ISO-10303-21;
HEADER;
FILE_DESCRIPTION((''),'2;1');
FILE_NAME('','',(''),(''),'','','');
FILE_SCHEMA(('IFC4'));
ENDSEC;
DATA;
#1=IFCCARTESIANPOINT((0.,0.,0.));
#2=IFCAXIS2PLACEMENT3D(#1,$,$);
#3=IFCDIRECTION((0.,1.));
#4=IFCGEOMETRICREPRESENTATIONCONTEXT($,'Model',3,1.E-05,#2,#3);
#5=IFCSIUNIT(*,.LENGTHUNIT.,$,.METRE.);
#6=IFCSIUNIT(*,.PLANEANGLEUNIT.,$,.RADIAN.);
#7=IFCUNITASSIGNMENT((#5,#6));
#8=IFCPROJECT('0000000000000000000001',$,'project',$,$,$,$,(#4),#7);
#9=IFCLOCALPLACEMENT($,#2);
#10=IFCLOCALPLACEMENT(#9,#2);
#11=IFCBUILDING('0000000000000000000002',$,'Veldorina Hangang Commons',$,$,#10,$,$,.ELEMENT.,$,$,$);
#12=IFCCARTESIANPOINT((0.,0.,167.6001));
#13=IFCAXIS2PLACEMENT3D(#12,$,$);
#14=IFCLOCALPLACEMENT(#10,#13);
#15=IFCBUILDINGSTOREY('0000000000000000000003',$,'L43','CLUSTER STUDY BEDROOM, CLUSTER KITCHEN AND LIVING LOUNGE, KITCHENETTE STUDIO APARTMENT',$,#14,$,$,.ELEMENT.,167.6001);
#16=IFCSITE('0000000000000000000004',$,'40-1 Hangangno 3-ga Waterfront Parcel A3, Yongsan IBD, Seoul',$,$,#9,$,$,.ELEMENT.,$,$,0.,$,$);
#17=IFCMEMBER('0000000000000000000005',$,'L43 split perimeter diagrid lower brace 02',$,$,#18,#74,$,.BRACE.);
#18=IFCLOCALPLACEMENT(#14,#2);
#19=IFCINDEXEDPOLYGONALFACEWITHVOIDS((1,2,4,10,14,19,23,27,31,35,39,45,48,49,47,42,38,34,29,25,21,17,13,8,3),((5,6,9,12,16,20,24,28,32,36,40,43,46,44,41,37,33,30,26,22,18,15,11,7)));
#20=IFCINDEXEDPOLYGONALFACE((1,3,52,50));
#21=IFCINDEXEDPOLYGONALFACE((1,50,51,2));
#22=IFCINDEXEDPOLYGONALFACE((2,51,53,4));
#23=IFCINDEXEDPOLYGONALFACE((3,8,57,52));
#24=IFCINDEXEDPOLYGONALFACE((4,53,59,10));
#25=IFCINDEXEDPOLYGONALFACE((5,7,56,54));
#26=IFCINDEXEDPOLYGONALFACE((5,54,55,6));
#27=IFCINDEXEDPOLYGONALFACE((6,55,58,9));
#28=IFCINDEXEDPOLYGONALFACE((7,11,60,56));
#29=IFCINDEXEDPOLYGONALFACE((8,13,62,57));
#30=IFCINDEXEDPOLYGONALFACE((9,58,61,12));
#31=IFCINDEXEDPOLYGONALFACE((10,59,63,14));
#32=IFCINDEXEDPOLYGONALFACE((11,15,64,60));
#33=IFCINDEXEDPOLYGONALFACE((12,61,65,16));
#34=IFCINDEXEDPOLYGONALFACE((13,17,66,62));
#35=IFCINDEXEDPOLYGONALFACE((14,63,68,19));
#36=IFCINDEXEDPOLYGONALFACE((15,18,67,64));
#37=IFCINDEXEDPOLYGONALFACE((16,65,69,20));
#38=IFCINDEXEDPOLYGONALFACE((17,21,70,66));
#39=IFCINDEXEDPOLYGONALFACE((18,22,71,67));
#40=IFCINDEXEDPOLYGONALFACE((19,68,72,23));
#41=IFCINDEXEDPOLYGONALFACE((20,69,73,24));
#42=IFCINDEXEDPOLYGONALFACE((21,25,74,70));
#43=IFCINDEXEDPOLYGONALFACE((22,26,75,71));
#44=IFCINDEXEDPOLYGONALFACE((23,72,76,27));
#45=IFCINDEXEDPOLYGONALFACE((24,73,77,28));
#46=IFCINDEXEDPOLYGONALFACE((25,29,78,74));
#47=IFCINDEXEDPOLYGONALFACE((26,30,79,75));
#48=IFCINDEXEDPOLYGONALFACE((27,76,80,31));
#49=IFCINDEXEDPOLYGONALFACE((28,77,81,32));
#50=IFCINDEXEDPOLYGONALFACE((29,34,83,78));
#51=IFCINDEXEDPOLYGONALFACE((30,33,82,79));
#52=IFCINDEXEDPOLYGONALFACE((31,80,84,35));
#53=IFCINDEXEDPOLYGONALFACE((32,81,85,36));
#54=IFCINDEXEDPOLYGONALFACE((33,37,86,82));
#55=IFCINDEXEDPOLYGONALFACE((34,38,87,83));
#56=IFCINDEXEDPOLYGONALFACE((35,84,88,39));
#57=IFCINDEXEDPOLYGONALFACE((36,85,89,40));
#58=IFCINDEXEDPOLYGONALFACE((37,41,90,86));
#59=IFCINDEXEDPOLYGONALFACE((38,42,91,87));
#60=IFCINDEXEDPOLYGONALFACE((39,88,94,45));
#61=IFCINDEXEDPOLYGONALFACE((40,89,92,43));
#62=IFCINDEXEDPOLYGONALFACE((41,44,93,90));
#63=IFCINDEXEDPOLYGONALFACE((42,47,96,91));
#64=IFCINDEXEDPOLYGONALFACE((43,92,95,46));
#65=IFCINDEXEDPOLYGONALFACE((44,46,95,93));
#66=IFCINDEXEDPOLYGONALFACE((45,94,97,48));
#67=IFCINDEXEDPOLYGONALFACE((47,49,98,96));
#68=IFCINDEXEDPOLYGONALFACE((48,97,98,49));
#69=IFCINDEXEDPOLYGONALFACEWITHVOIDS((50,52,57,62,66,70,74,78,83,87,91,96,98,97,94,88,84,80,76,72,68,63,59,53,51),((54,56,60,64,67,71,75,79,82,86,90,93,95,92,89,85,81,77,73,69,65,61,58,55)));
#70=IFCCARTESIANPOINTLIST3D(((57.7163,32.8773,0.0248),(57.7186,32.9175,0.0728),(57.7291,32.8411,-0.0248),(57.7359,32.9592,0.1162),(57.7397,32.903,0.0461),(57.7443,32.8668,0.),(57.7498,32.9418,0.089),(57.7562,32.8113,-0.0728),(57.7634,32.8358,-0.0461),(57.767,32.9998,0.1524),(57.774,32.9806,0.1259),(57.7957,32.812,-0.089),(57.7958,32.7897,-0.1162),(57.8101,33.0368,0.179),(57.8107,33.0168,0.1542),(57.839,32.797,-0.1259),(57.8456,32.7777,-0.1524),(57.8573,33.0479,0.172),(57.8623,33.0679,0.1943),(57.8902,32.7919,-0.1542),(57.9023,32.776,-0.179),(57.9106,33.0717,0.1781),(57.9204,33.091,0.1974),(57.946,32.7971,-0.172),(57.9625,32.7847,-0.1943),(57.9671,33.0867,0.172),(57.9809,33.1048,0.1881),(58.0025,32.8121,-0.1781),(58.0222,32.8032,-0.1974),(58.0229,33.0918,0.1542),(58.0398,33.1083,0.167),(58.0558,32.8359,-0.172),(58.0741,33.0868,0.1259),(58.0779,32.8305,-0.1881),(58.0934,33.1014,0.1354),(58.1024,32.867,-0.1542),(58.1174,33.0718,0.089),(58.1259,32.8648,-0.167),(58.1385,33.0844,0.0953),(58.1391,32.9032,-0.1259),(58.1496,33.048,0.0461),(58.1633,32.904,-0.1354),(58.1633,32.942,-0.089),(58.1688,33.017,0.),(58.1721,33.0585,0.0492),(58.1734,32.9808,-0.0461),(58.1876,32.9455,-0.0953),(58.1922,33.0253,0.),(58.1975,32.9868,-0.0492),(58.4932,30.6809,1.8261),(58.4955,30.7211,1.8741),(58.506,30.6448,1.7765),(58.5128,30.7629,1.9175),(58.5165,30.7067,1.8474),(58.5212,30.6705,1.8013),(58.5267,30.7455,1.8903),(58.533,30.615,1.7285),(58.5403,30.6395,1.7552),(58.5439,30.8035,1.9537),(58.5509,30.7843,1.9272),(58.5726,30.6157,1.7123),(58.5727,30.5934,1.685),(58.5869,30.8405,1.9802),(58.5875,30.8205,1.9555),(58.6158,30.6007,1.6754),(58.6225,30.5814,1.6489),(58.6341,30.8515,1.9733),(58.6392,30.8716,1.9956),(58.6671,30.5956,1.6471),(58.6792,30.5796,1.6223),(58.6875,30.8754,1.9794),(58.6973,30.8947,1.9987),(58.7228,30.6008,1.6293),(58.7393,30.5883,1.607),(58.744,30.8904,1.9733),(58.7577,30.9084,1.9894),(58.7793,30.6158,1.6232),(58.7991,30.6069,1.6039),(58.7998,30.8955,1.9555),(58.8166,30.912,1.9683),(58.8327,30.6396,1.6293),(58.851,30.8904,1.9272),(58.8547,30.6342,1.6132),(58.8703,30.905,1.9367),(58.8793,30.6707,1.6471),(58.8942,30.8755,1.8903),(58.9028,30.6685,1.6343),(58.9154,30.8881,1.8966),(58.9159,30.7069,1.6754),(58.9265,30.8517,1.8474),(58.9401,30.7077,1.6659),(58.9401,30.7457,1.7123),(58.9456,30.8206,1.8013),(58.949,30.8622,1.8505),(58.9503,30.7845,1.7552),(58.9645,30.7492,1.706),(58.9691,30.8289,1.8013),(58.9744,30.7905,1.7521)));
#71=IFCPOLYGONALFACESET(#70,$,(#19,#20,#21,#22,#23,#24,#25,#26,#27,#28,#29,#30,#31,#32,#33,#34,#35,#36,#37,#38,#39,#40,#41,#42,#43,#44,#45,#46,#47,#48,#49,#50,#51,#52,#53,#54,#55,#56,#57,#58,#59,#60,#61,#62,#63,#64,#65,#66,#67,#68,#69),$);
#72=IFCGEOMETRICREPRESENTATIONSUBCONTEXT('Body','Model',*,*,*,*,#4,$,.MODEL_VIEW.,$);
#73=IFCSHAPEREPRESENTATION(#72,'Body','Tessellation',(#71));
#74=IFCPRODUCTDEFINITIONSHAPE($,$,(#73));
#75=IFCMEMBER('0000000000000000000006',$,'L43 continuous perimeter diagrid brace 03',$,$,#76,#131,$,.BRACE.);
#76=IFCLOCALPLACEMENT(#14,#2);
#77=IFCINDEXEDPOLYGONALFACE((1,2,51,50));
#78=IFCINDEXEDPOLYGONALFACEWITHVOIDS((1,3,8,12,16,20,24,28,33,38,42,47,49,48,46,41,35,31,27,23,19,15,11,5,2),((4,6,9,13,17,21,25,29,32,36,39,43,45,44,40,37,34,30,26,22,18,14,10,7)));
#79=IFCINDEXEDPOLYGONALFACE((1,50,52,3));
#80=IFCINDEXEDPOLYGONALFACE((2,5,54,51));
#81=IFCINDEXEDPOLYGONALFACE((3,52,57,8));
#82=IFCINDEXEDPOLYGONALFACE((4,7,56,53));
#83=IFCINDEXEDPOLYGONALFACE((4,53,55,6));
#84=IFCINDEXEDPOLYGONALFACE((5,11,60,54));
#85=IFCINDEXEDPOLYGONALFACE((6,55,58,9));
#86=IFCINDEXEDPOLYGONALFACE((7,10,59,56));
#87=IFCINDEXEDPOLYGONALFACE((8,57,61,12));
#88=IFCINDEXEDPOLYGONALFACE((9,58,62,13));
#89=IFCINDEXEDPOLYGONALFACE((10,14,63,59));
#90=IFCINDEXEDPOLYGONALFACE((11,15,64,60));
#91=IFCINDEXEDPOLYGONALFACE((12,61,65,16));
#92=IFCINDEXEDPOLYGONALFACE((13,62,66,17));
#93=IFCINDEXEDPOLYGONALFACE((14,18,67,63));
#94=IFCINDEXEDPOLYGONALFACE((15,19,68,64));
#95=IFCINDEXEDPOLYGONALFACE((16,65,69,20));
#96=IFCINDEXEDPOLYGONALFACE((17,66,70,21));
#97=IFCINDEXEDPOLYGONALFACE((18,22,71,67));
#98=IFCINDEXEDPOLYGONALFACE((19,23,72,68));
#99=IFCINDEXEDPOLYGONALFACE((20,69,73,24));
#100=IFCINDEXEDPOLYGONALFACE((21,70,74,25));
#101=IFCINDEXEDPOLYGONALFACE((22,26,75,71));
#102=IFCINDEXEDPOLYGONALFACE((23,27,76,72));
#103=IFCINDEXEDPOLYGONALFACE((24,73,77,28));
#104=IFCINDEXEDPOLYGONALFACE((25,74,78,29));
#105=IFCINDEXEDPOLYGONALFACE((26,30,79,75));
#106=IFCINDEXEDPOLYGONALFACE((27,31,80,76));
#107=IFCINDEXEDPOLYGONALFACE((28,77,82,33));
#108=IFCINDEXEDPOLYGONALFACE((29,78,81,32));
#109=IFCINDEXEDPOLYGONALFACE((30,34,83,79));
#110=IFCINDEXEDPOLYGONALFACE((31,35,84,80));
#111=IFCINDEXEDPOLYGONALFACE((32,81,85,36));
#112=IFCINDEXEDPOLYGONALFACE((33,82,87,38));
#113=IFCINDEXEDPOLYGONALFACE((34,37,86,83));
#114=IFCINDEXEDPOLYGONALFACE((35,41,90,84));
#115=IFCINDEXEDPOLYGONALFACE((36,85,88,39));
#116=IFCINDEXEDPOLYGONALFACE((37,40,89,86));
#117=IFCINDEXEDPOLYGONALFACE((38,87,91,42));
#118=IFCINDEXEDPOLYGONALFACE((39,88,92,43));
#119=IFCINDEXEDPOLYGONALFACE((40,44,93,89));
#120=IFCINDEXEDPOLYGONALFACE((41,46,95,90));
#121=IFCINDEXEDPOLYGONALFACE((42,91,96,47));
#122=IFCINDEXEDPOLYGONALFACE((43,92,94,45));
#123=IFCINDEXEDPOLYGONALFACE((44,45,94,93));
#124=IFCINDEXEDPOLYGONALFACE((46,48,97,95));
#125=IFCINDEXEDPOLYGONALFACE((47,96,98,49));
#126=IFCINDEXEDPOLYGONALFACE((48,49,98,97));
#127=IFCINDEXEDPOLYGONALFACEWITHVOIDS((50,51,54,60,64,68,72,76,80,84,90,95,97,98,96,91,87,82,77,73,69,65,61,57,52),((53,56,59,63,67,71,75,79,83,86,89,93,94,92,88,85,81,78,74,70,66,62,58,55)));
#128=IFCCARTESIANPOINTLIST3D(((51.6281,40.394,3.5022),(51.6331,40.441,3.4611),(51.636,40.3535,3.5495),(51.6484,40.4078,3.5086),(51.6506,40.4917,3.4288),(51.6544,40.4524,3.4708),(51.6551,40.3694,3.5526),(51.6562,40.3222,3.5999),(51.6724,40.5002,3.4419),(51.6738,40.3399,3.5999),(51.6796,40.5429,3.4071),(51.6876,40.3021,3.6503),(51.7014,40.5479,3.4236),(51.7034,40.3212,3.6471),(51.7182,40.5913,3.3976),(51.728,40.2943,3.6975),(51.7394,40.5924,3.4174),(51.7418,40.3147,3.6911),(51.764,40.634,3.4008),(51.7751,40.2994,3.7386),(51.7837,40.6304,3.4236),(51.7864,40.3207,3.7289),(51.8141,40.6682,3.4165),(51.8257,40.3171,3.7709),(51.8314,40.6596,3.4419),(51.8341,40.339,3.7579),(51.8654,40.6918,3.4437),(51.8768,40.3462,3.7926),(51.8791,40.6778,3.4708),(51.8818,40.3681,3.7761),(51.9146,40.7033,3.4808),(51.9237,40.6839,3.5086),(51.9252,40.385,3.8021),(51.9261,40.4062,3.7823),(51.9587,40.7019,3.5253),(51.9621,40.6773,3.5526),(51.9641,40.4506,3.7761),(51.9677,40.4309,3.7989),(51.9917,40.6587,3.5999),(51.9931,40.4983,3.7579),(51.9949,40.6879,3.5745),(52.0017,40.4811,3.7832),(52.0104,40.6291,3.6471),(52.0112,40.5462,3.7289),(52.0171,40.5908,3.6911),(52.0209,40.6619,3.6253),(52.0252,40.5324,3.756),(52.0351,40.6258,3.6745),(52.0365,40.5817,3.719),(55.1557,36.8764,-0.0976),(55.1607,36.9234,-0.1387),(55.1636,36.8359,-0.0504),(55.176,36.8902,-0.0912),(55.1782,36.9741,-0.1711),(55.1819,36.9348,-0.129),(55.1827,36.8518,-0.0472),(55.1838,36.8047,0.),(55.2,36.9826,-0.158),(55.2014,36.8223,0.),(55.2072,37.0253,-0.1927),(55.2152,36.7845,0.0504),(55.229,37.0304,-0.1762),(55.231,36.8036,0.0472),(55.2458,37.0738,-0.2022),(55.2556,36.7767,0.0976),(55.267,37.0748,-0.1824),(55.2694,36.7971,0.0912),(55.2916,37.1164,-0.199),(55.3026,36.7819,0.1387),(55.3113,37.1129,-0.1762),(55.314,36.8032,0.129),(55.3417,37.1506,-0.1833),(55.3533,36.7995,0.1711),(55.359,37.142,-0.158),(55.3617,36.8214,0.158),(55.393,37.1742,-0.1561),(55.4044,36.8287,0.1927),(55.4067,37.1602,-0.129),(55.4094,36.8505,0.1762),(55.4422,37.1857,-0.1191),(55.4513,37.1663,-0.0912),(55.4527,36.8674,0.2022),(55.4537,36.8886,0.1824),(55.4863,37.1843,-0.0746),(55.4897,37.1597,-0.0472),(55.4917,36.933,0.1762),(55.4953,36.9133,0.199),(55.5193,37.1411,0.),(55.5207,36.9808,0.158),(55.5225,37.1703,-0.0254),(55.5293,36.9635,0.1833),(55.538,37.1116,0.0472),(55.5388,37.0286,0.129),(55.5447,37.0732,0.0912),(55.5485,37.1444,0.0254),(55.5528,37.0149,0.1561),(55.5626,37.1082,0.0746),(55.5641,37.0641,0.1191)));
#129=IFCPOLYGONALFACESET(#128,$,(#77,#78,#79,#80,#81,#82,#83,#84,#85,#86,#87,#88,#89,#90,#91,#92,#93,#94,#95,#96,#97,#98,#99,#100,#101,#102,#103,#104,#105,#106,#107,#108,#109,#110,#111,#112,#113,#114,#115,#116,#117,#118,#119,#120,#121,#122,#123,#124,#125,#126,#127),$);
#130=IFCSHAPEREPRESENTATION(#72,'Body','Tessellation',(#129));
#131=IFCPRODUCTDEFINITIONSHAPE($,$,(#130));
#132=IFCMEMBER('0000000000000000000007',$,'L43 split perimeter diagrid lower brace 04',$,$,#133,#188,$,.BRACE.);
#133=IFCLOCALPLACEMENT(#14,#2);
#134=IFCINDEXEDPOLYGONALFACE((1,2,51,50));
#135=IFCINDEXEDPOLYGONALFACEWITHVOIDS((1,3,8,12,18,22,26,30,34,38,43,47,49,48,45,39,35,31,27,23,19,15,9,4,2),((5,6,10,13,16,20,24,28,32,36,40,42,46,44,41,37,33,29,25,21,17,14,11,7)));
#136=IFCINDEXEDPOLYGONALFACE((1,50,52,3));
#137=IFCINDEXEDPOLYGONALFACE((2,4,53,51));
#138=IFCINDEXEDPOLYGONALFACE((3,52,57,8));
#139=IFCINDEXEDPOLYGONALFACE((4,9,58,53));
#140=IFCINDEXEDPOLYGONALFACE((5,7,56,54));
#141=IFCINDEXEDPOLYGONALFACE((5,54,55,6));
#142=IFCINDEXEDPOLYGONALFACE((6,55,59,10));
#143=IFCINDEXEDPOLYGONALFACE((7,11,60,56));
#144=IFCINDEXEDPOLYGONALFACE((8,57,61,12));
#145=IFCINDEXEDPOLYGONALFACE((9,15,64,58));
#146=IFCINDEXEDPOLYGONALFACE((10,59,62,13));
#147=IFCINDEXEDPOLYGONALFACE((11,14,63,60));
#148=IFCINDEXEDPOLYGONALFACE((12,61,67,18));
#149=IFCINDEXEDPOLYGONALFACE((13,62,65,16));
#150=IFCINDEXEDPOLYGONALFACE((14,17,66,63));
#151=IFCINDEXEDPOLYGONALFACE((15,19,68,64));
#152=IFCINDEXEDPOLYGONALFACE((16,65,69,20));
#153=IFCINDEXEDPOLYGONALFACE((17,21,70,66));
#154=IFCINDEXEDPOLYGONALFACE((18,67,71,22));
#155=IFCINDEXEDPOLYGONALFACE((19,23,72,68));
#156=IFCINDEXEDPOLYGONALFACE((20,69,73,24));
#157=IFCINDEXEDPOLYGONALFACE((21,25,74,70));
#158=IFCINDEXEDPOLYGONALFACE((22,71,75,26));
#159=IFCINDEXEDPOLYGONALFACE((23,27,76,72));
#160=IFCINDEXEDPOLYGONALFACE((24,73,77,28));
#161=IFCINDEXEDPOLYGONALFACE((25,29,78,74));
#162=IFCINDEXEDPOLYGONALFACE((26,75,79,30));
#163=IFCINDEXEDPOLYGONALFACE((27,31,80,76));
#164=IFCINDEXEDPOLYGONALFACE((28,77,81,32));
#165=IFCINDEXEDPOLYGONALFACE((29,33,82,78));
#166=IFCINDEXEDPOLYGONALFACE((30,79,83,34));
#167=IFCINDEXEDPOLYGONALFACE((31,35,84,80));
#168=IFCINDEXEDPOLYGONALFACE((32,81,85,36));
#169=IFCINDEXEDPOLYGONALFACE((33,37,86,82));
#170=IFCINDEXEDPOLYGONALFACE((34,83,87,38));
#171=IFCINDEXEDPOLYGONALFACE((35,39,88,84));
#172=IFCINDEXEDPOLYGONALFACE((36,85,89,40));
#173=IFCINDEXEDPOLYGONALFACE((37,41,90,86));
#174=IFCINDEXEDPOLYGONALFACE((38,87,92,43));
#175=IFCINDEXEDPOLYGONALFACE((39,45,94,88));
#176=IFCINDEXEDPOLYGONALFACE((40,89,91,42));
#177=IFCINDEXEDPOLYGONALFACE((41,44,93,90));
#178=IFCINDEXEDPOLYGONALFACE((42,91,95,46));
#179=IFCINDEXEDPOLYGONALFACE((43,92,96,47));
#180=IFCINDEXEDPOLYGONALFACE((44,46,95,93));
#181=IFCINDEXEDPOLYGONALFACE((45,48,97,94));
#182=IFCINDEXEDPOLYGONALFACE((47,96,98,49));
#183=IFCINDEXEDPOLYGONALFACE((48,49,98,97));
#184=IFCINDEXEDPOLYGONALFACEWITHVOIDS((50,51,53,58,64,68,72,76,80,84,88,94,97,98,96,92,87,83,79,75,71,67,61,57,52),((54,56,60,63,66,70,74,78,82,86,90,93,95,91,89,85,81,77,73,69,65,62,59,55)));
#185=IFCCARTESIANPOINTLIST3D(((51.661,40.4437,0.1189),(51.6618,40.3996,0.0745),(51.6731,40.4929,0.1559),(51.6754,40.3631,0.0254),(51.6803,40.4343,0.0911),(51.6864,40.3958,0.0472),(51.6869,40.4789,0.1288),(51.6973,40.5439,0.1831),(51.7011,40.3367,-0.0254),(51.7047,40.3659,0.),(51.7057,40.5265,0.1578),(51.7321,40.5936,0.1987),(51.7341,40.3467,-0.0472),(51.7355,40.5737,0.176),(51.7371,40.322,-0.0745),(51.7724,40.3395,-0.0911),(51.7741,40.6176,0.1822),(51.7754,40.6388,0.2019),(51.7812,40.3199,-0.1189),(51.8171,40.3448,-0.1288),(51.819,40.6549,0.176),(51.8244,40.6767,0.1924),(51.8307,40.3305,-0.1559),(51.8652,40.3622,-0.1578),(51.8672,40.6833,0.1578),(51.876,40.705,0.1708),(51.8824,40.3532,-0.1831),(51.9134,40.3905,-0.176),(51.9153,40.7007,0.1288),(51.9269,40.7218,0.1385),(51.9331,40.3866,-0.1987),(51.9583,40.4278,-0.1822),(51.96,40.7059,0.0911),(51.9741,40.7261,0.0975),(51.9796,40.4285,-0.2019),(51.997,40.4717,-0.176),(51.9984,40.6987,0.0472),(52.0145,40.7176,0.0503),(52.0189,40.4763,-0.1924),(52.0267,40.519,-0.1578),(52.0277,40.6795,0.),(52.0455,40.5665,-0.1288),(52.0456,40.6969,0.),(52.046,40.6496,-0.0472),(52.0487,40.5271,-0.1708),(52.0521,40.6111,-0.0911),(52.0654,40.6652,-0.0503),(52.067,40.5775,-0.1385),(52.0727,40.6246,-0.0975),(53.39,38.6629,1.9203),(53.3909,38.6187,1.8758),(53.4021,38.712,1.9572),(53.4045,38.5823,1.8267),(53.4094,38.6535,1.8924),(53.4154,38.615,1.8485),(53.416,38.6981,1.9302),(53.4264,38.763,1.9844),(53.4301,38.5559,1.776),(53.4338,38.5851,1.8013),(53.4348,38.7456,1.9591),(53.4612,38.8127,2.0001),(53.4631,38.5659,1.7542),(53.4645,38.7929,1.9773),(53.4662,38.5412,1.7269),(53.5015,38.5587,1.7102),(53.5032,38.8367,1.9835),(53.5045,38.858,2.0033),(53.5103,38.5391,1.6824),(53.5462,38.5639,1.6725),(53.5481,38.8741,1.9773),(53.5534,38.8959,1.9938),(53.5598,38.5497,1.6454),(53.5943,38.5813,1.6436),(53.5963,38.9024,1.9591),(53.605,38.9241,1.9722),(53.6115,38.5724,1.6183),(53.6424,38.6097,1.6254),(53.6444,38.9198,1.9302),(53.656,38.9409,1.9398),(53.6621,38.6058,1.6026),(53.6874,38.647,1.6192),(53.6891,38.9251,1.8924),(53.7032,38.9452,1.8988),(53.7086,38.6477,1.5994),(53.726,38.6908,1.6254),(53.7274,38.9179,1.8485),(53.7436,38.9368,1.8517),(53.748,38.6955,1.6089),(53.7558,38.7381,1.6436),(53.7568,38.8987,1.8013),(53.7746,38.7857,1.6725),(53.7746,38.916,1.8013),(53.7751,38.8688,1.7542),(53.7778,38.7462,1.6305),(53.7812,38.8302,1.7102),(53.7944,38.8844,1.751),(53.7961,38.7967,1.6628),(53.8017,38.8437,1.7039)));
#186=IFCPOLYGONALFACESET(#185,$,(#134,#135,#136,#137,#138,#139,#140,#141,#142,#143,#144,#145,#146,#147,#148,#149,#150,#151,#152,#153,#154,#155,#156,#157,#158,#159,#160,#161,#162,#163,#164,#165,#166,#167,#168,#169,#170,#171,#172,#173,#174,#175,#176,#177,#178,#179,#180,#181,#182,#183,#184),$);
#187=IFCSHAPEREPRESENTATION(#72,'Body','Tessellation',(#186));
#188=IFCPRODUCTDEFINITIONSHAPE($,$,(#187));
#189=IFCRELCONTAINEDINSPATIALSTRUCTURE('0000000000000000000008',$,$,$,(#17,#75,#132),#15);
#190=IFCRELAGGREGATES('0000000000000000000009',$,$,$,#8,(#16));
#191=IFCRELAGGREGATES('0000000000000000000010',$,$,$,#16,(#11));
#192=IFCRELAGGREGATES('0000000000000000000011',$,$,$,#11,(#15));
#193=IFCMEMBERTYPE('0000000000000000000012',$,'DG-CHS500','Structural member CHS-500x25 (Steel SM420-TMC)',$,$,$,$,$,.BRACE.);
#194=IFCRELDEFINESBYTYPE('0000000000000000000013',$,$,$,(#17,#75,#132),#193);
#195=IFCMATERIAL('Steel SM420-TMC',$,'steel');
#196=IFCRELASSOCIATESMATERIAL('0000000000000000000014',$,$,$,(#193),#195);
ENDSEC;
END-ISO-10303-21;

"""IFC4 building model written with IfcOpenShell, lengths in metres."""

from ifc_helpers import new_model, si_unit, direction, frame, origin, origin_2d, place, context, subcontext, project, spatial, hollow_circle, extrude, material, material_profile, profile_set, type_object, element, save


model = new_model("IFC4")

# Units and contexts
model_context = context("Model", 3, precision=1e-05, world=origin(), true_north=direction((0.0, 1.0)))
body_context = subcontext(model_context, "Body", "Model", "MODEL_VIEW")
ifc_project = project(units=[si_unit("LENGTHUNIT", "METRE"), si_unit("PLANEANGLEUNIT", "RADIAN")], contexts=[model_context])

# Site, building, storey
site_placement = place(None, origin())
site = spatial("IfcSite", under=ifc_project, at=site_placement, Name="40-1 Hangangno 3-ga Waterfront Parcel A3, Yongsan IBD, Seoul", CompositionType="ELEMENT", RefElevation=0.0)
building_placement = place(site_placement, origin())
building = spatial("IfcBuilding", under=site, at=building_placement, Name="Veldorina Hangang Commons", CompositionType="ELEMENT")
storey_placement = place(building_placement, frame((0.0, 0.0, 167.6001)))
storey = spatial("IfcBuildingStorey", under=building, at=storey_placement, Name="L43", Description="CLUSTER STUDY BEDROOM, CLUSTER KITCHEN AND LIVING LOUNGE, KITCHENETTE STUDIO APARTMENT", CompositionType="ELEMENT", Elevation=167.6001)

# Shared definitions
ifc_material_1 = material(Name="Steel SM420-TMC", Category="steel")

# Members
ifc_material_profile_1 = material_profile(ifc_material_1, hollow_circle(Radius=0.25, WallThickness=0.0249, at=origin_2d()), Name="CHS-500x25")
ifc_profile_set_1 = profile_set([ifc_material_profile_1], Name="Steel SM420-TMC")
member_type = type_object("IfcMemberType", Name="DG-CHS500", Description="Structural member CHS-500x25 (Steel SM420-TMC)", PredefinedType="BRACE", material=ifc_profile_set_1)
member_1_placement = place(storey_placement, frame((57.9565, 32.9419, 0.0), z_axis=(0.263807, -0.745823, 0.611681), x_axis=(0.942762, 0.333467, 0.0)))
element("IfcMember", 1, at=member_1_placement, inside=storey, type_object=member_type, Name="L43 split perimeter diagrid lower brace 02", PredefinedType="BRACE", context=body_context, shape_type="SweptSolid", body=[
    extrude(hollow_circle(Radius=0.25, WallThickness=0.0249, at=origin_2d()), origin(), (0.0, 0.0, 1.0), 2.9448),
])
member_2_placement = place(storey_placement, frame((55.3604, 36.9817, 0.0), z_axis=(-0.573943, 0.572314, 0.585701), x_axis=(-0.706101, -0.708111, 0.0)))
element("IfcMember", 2, at=member_2_placement, inside=storey, type_object=member_type, Name="L43 continuous perimeter diagrid brace 03", PredefinedType="BRACE", context=body_context, shape_type="SweptSolid", body=[
    extrude(hollow_circle(Radius=0.25, WallThickness=0.0249, at=origin_2d()), origin(), (0.0, 0.0, 1.0), 6.1462),
])
member_3_placement = place(storey_placement, frame((51.8662, 40.5227, 0.0), z_axis=(0.563785, -0.580662, 0.587349), x_axis=(0.717456, 0.696603, 0.0)))
element("IfcMember", 3, at=member_3_placement, inside=storey, type_object=member_type, Name="L43 split perimeter diagrid lower brace 04", PredefinedType="BRACE", context=body_context, shape_type="SweptSolid", body=[
    extrude(hollow_circle(Radius=0.25, WallThickness=0.0249, at=origin_2d()), origin(), (0.0, 0.0, 1.0), 3.0669),
])

save(model, "model.ifc")
